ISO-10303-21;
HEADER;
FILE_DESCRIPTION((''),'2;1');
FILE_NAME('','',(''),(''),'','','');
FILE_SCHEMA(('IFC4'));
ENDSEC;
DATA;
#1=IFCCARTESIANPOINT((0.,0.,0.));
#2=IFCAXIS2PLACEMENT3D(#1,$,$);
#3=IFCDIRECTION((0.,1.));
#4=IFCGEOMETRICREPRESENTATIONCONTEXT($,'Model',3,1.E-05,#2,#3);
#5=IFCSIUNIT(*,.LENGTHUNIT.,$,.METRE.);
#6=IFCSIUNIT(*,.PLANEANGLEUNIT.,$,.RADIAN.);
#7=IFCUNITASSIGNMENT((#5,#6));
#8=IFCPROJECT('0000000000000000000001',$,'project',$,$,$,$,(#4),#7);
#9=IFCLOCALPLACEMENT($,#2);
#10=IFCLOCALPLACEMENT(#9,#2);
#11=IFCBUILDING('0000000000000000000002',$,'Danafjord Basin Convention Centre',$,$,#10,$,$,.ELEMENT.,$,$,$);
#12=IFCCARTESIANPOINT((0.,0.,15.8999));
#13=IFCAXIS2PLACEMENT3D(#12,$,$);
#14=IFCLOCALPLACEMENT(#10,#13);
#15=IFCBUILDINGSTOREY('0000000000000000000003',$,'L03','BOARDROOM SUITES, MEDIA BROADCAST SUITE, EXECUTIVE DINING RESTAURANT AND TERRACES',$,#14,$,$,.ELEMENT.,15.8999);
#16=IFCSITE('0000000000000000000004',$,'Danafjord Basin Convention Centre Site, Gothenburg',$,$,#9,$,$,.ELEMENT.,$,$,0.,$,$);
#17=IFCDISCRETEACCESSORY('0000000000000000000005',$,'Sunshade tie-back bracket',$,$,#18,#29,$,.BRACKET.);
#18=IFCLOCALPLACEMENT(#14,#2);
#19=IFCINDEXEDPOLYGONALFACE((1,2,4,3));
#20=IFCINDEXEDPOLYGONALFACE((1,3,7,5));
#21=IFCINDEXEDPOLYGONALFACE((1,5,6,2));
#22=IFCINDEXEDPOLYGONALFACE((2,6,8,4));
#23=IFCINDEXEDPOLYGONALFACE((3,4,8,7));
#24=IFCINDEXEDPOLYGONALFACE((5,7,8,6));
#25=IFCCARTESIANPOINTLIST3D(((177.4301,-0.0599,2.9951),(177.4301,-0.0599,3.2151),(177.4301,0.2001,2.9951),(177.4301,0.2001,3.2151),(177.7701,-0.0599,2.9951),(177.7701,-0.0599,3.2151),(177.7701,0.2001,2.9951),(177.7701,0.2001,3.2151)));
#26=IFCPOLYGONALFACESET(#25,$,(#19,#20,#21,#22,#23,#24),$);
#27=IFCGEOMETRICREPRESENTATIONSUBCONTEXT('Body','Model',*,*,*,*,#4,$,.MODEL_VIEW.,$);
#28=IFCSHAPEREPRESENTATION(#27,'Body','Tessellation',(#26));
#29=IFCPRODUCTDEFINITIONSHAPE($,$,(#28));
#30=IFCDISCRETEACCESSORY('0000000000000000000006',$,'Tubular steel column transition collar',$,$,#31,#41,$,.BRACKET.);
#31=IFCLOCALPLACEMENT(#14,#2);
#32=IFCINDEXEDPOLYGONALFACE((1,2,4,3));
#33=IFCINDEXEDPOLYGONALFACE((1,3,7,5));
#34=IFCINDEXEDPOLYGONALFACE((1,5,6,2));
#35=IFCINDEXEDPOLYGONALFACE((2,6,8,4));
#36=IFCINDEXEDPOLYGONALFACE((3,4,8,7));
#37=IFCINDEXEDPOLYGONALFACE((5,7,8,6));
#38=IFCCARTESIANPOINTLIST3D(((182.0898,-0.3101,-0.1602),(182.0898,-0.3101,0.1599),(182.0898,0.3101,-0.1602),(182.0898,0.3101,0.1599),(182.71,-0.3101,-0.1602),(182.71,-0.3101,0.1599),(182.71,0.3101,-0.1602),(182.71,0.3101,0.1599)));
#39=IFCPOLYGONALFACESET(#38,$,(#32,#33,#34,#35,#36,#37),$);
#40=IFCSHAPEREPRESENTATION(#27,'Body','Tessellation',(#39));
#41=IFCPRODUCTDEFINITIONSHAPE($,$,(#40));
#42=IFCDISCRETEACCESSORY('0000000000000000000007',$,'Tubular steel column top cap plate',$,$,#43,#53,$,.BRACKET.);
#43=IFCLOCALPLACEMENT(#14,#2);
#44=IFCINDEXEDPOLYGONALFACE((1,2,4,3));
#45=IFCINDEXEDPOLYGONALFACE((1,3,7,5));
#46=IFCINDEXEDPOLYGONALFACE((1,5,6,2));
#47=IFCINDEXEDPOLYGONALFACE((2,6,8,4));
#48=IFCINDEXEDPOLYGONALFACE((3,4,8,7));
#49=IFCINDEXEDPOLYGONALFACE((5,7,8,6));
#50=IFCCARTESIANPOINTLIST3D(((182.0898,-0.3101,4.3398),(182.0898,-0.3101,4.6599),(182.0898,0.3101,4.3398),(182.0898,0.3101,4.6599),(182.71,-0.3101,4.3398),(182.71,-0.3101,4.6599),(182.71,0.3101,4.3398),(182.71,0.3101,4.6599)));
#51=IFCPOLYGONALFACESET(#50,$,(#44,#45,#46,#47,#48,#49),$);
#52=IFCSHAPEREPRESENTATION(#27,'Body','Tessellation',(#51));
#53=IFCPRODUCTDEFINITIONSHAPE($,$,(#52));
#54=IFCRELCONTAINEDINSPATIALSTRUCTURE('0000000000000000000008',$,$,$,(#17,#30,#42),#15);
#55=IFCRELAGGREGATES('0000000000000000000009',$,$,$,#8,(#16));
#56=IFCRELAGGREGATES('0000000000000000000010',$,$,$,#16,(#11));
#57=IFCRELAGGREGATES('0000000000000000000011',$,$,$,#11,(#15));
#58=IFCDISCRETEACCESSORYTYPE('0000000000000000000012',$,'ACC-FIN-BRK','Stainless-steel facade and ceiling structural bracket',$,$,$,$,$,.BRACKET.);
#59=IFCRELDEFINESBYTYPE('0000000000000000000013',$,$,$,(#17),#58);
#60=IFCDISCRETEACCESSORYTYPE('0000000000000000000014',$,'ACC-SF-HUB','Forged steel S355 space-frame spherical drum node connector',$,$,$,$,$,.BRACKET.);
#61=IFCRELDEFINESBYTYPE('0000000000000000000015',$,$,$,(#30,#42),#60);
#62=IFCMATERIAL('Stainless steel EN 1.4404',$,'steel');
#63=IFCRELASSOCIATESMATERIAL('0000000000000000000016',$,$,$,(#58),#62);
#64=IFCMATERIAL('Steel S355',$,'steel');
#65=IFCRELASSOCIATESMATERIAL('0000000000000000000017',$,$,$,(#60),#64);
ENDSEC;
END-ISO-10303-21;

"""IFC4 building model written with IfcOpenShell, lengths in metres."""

from ifc_helpers import new_model, si_unit, direction, frame, origin, origin_2d, place, context, subcontext, project, spatial, rectangle, extrude, material, type_object, element, save


model = new_model("IFC4")

# Units and contexts
model_context = context("Model", 3, precision=1e-05, world=origin(), true_north=direction((0.0, 1.0)))
body_context = subcontext(model_context, "Body", "Model", "MODEL_VIEW")
ifc_project = project(units=[si_unit("LENGTHUNIT", "METRE"), si_unit("PLANEANGLEUNIT", "RADIAN")], contexts=[model_context])

# Site, building, storey
site_placement = place(None, origin())
site = spatial("IfcSite", under=ifc_project, at=site_placement, Name="Danafjord Basin Convention Centre Site, Gothenburg", CompositionType="ELEMENT", RefElevation=0.0)
building_placement = place(site_placement, origin())
building = spatial("IfcBuilding", under=site, at=building_placement, Name="Danafjord Basin Convention Centre", CompositionType="ELEMENT")
storey_placement = place(building_placement, frame((0.0, 0.0, 15.8999)))
storey = spatial("IfcBuildingStorey", under=building, at=storey_placement, Name="L03", Description="BOARDROOM SUITES, MEDIA BROADCAST SUITE, EXECUTIVE DINING RESTAURANT AND TERRACES", CompositionType="ELEMENT", Elevation=15.8999)

# Shared definitions
ifc_material_1 = material(Name="Steel S355", Category="steel")

# Discrete accessories
ifc_material_2 = material(Name="Stainless steel EN 1.4404", Category="steel")
discrete_accessory_type_1 = type_object("IfcDiscreteAccessoryType", Name="ACC-FIN-BRK", Description="Stainless-steel facade and ceiling structural bracket", PredefinedType="BRACKET", material=ifc_material_2)
discrete_accessory_placement = place(storey_placement, frame((177.6001, 0.0701, 2.9951), z_axis=(0.0, 0.0, 1.0), x_axis=(1.0, 0.0, 0.0)))
element("IfcDiscreteAccessory", 1, at=discrete_accessory_placement, inside=storey, type_object=discrete_accessory_type_1, Name="Sunshade tie-back bracket", PredefinedType="BRACKET", context=body_context, shape_type="SweptSolid", body=[
    extrude(rectangle(XDim=0.3401, YDim=0.26, at=origin_2d()), origin(), (0.0, 0.0, 1.0), 0.22),
])
discrete_accessory_type_2 = type_object("IfcDiscreteAccessoryType", Name="ACC-SF-HUB", Description="Forged steel S355 space-frame spherical drum node connector", PredefinedType="BRACKET", material=ifc_material_1)
for number, where, z_axis, x_axis, name in (
    (2, (182.3999, 0.0, -0.1602), (0.0, 0.0, 1.0), (1.0, 0.0, 0.0), "Tubular steel column transition collar"),
    (3, (182.3999, 0.0, 4.3398), (0.0, 0.0, 1.0), (1.0, 0.0, 0.0), "Tubular steel column top cap plate"),
):
    element("IfcDiscreteAccessory", number, at=place(storey_placement, frame(where, z_axis=z_axis, x_axis=x_axis)), inside=storey, type_object=discrete_accessory_type_2, Name=name, PredefinedType="BRACKET", context=body_context, shape_type="SweptSolid", body=[
        extrude(rectangle(XDim=0.6201, YDim=0.6201, at=origin_2d()), origin(), (0.0, 0.0, 1.0), 0.3201),
    ])

save(model, "model.ifc")
